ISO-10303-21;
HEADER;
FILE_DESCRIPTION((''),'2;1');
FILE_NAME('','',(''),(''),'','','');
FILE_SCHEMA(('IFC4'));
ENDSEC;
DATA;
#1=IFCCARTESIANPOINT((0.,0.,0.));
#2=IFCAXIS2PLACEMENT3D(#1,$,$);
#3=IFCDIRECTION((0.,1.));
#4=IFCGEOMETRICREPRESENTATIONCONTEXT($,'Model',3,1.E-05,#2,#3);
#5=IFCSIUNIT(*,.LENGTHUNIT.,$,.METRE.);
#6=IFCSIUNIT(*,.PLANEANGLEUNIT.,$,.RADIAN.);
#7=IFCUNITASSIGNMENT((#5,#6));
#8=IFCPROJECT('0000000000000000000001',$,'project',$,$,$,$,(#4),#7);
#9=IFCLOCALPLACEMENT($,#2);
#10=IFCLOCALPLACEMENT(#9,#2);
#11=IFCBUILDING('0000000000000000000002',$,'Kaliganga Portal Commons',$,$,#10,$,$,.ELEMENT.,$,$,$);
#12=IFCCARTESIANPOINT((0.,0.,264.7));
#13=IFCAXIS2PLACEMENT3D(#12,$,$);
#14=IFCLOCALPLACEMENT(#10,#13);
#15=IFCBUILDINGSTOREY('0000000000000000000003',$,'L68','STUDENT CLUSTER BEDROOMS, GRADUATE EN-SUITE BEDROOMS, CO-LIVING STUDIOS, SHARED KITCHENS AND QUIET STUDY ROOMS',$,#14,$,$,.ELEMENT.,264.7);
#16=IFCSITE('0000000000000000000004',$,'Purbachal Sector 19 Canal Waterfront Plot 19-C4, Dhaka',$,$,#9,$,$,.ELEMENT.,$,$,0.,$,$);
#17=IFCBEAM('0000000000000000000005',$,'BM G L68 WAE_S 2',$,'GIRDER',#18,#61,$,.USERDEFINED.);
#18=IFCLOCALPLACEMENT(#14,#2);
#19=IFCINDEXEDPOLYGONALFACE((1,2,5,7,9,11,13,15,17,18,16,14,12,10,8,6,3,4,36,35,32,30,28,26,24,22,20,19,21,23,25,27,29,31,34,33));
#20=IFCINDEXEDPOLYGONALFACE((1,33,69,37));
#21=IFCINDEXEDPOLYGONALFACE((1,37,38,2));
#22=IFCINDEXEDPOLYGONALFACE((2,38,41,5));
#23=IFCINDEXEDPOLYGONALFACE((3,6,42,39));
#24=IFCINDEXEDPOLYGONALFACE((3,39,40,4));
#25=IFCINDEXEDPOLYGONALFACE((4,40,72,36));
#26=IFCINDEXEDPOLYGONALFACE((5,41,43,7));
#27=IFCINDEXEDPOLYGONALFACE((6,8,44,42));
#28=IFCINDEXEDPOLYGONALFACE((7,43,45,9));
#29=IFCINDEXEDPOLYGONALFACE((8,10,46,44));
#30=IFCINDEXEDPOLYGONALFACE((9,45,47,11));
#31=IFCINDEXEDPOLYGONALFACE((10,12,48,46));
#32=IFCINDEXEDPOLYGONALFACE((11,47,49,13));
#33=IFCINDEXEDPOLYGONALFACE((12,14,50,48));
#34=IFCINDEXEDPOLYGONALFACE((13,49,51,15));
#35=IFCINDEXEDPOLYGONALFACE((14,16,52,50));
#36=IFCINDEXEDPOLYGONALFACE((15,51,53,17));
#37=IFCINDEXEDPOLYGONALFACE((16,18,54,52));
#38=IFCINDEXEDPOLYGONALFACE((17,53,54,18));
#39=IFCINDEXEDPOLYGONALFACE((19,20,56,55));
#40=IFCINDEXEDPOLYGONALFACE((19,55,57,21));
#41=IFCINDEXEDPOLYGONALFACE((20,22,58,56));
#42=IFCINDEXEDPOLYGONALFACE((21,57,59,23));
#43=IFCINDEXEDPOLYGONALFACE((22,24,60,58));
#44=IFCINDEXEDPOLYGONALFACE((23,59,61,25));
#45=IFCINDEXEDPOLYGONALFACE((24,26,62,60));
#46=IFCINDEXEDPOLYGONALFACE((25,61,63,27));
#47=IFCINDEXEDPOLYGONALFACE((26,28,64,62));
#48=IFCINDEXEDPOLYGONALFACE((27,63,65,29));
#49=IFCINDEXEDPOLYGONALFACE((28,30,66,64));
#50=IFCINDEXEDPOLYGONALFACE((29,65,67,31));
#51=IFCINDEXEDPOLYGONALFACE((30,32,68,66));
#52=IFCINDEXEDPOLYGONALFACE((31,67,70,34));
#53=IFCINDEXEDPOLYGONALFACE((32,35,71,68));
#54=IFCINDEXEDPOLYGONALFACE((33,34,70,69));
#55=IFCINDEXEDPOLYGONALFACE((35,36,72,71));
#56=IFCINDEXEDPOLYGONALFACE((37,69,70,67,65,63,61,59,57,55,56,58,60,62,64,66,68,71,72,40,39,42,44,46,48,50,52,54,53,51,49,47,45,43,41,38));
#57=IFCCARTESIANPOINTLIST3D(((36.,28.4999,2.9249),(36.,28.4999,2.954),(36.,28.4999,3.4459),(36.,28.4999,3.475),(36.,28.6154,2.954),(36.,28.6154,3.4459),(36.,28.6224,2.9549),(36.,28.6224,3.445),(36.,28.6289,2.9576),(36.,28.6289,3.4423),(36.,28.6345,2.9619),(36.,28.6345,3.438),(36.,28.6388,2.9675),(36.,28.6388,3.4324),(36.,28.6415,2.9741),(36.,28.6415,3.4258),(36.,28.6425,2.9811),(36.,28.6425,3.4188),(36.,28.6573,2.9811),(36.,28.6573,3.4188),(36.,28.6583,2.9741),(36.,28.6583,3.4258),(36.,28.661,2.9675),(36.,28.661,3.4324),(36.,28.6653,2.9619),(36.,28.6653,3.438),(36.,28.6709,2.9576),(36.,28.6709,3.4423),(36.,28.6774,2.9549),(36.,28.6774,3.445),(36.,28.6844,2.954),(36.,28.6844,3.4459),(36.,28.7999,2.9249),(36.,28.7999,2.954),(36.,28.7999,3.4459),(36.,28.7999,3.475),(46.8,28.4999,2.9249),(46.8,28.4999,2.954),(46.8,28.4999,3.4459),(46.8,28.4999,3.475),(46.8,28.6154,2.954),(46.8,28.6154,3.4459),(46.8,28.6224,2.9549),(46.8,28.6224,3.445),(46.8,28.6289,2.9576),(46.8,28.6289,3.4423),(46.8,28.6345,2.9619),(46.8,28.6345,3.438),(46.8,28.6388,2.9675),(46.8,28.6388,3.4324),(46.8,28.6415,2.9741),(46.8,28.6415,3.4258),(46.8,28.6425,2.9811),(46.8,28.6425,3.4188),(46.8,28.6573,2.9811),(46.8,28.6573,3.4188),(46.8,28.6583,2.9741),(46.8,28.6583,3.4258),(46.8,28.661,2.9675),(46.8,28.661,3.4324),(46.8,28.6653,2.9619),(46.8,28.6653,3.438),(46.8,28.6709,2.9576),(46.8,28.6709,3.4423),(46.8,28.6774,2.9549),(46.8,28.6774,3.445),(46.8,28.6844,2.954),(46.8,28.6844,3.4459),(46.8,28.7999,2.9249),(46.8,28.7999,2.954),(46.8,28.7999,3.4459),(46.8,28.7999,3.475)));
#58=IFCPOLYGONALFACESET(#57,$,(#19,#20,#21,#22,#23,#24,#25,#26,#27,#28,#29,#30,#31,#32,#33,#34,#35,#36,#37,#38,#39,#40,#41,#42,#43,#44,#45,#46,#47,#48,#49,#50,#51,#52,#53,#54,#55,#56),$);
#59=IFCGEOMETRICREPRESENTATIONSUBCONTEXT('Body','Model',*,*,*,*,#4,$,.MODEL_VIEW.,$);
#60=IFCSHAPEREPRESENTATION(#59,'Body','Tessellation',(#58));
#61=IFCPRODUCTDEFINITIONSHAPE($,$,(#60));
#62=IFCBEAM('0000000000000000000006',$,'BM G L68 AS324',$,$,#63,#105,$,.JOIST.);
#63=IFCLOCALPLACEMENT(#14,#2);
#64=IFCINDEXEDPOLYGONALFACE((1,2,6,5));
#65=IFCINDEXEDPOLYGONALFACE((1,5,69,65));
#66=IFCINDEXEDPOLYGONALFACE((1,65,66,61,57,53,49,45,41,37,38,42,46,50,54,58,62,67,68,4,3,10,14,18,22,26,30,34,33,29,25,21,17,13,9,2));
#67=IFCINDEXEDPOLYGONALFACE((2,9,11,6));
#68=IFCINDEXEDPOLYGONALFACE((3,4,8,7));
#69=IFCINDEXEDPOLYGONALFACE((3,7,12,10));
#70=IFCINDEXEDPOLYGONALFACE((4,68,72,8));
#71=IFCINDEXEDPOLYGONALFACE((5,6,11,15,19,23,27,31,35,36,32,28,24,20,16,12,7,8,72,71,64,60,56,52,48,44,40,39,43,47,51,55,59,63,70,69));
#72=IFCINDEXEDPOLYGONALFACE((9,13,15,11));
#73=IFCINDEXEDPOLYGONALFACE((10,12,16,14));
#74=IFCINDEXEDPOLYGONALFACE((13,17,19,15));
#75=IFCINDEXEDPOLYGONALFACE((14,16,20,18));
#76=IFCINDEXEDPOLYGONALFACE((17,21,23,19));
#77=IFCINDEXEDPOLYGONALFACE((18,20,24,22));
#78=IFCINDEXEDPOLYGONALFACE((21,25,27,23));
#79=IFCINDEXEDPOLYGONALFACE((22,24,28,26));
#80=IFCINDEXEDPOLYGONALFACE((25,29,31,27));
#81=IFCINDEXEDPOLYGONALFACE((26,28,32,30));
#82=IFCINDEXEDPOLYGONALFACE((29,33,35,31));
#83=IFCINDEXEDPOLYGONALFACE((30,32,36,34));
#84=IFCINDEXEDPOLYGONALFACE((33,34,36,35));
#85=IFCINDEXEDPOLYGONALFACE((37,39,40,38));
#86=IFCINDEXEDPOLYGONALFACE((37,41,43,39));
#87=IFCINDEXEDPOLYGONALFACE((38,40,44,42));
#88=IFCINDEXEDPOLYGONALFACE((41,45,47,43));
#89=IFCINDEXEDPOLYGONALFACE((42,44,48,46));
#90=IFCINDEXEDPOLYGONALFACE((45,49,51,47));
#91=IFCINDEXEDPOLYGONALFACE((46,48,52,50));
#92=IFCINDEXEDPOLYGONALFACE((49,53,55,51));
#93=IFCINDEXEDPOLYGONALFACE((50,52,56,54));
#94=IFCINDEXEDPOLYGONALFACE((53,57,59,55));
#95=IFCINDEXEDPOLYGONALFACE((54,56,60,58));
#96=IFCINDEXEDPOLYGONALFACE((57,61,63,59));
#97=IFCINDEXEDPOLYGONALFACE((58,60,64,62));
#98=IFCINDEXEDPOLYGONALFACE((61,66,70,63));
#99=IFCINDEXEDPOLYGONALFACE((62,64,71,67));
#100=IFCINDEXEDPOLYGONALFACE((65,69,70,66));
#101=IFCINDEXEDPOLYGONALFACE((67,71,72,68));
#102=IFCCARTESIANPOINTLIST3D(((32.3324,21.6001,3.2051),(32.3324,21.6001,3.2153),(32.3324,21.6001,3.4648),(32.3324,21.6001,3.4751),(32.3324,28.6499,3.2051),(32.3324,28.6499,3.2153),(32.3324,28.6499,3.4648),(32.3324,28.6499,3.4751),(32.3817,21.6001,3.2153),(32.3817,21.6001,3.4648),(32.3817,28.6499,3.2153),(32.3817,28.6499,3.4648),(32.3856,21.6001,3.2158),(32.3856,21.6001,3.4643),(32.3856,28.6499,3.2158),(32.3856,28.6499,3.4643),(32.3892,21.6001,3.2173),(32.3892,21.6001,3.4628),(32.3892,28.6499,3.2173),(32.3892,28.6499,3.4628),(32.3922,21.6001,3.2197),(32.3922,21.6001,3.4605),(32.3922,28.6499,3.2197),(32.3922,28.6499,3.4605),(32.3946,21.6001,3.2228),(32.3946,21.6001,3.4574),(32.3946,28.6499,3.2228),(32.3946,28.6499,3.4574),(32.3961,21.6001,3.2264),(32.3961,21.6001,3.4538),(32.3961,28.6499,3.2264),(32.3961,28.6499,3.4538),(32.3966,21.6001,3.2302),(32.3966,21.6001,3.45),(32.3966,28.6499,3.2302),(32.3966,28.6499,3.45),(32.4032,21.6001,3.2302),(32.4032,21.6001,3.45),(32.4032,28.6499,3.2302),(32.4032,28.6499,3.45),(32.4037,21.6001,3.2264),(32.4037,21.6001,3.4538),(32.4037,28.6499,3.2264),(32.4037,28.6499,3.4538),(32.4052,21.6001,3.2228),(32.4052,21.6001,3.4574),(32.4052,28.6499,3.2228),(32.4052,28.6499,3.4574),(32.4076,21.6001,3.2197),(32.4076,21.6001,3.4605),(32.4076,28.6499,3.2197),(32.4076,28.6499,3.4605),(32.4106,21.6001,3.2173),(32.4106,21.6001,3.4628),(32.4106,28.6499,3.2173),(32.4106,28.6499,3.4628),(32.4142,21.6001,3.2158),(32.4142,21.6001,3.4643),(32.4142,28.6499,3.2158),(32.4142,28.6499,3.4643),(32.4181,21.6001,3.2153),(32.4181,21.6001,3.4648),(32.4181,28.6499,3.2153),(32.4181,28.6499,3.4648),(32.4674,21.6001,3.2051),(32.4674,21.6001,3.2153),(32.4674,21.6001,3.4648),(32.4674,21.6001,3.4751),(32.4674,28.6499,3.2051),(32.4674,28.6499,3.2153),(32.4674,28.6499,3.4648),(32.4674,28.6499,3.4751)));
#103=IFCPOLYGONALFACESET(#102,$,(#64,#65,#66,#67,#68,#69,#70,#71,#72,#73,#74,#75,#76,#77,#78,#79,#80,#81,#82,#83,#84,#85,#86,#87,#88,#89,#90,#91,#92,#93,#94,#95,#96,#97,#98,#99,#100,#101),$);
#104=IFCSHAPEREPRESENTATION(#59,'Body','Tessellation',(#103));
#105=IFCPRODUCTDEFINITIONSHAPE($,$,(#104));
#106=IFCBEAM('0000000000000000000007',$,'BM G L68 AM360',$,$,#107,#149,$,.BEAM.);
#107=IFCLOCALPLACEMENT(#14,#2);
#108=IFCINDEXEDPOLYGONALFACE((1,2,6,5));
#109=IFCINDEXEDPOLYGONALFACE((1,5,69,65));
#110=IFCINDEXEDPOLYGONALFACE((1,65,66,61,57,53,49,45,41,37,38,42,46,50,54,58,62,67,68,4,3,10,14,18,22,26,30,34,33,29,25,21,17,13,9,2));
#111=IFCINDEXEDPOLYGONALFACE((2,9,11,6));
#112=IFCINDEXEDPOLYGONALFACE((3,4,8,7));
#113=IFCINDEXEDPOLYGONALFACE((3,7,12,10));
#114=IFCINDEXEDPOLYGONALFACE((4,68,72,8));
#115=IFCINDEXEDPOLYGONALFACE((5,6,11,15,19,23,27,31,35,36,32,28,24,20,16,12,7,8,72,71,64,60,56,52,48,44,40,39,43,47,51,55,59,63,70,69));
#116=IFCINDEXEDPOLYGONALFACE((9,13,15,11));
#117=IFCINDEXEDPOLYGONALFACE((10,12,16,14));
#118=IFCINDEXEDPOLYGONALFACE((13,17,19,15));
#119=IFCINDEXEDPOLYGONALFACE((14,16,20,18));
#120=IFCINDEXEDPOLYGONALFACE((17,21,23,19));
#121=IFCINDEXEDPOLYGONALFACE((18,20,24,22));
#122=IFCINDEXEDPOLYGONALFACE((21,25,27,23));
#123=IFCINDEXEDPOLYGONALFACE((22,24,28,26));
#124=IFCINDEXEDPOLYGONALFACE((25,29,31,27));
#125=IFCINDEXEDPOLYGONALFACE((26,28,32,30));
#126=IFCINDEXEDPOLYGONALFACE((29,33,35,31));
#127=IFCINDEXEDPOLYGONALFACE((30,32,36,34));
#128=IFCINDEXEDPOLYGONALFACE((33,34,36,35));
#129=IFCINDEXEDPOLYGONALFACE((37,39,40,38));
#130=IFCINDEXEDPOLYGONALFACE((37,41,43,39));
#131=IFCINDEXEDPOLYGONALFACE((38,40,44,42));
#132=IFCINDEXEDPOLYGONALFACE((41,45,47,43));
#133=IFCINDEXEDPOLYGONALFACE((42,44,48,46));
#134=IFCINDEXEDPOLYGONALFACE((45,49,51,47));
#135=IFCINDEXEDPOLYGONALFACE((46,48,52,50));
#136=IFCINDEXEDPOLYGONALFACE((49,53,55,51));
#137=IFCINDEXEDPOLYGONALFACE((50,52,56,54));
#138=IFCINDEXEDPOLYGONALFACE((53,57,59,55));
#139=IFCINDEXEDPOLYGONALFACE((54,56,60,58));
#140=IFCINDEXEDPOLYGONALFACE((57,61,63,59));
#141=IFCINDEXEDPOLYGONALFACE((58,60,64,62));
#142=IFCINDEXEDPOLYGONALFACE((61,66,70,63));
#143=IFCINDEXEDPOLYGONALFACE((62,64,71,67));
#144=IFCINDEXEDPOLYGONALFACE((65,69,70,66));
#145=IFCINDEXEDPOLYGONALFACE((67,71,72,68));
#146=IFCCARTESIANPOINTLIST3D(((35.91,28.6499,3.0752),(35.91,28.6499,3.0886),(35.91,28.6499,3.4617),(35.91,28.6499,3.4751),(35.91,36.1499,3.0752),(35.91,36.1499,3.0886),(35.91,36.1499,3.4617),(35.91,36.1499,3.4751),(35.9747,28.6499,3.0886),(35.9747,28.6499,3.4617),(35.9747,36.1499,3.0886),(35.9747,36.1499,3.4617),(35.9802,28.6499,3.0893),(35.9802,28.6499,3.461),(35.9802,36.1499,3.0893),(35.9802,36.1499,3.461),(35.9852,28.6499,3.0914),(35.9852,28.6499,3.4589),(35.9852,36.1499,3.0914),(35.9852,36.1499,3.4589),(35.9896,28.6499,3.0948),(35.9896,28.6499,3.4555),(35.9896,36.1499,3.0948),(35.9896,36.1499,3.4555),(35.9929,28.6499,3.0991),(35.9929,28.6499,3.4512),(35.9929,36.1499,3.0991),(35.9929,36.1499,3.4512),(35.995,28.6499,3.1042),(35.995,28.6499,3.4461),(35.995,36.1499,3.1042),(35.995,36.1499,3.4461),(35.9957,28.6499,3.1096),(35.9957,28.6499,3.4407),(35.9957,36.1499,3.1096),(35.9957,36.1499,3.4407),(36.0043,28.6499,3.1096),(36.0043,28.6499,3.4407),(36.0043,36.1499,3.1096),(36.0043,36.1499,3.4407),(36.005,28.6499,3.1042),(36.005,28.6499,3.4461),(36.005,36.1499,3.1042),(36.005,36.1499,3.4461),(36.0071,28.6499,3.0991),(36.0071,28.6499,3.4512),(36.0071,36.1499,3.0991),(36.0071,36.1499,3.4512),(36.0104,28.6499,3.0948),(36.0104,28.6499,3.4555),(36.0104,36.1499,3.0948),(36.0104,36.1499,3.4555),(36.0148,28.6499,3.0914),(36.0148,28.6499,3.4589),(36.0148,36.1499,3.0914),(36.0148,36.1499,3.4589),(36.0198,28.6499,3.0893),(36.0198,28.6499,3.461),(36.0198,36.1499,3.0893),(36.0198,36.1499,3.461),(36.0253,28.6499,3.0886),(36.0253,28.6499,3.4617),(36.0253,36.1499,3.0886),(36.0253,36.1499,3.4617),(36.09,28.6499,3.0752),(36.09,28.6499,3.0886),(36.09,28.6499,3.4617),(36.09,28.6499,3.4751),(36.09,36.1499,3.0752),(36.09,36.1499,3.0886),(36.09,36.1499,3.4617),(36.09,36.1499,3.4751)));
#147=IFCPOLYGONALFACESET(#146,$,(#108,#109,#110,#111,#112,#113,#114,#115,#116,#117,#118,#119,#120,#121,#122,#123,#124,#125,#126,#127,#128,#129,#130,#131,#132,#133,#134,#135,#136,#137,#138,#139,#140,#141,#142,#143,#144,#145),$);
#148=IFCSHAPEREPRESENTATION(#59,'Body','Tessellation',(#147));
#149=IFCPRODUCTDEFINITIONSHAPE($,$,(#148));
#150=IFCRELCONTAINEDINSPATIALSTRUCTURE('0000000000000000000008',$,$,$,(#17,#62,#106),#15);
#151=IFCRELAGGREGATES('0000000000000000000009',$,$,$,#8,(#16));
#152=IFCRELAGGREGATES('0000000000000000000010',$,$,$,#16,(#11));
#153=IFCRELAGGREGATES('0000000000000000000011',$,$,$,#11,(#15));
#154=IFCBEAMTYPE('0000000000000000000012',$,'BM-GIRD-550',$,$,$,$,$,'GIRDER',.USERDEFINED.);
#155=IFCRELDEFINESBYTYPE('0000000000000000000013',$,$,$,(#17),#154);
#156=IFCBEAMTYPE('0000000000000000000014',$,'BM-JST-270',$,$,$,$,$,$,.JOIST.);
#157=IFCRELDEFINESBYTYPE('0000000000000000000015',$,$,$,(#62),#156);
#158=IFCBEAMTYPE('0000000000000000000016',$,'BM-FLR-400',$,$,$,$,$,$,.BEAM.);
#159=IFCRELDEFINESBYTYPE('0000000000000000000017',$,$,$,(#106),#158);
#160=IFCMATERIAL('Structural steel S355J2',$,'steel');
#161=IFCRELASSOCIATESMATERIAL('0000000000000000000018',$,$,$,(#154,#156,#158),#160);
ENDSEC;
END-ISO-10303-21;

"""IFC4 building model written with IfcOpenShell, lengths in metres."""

from ifc_helpers import new_model, si_unit, direction, frame, origin, origin_2d, place, context, subcontext, project, spatial, i_section, extrude, source, transform, mapped, material, material_profile, profile_set, type_object, element, save


model = new_model("IFC4")

# Units and contexts
model_context = context("Model", 3, precision=1e-05, world=origin(), true_north=direction((0.0, 1.0)))
body_context = subcontext(model_context, "Body", "Model", "MODEL_VIEW")
ifc_project = project(units=[si_unit("LENGTHUNIT", "METRE"), si_unit("PLANEANGLEUNIT", "RADIAN")], contexts=[model_context])

# Site, building, storey
site_placement = place(None, origin())
site = spatial("IfcSite", under=ifc_project, at=site_placement, Name="Purbachal Sector 19 Canal Waterfront Plot 19-C4, Dhaka", CompositionType="ELEMENT", RefElevation=0.0)
building_placement = place(site_placement, origin())
building = spatial("IfcBuilding", under=site, at=building_placement, Name="Kaliganga Portal Commons", CompositionType="ELEMENT")
storey_placement = place(building_placement, frame((0.0, 0.0, 264.7)))
storey = spatial("IfcBuildingStorey", under=building, at=storey_placement, Name="L68", Description="STUDENT CLUSTER BEDROOMS, GRADUATE EN-SUITE BEDROOMS, CO-LIVING STUDIOS, SHARED KITCHENS AND QUIET STUDY ROOMS", CompositionType="ELEMENT", Elevation=264.7)

# Shared definitions
ifc_material_1 = material(Name="Structural steel S355J2", Category="steel")

# Beams
ifc_material_profile_1 = material_profile(ifc_material_1, i_section(OverallWidth=0.3, OverallDepth=0.55, WebThickness=0.0149, FlangeThickness=0.0291, FilletRadius=0.0271, at=origin_2d()), Name="HE 550 B")
ifc_profile_set_1 = profile_set([ifc_material_profile_1], Name="Structural steel S355J2 wide-flange")
beam_type_1 = type_object("IfcBeamType", Name="BM-GIRD-550", ElementType="GIRDER", PredefinedType="USERDEFINED", material=ifc_profile_set_1)
shared_shape_1 = source(origin(), body_context, "Body", "SweptSolid", [
    extrude(i_section(OverallWidth=0.3, OverallDepth=0.55, WebThickness=0.0149, FlangeThickness=0.0291, FilletRadius=0.0271, at=origin_2d()), origin(), (0.0, 0.0, 1.0), 10.8),
])
beam_1_placement = place(storey_placement, frame((36.0, 28.6499, 3.2), z_axis=(1.0, 0.0, 0.0), x_axis=(0.0, 1.0, 0.0)))
element("IfcBeam", 1, at=beam_1_placement, inside=storey, type_object=beam_type_1, Name="BM G L68 WAE_S 2", ObjectType="GIRDER", PredefinedType="USERDEFINED", context=body_context, shape_type="MappedRepresentation", body=[
    mapped(shared_shape_1, transform((0.0, 0.0, 0.0), x_axis=(1.0, 0.0, 0.0), y_axis=(0.0, 1.0, 0.0), z_axis=(0.0, 0.0, 1.0), scale=1.0)),
])
ifc_material_profile_2 = material_profile(ifc_material_1, i_section(OverallWidth=0.135, OverallDepth=0.27, WebThickness=0.0066, FlangeThickness=0.0103, FilletRadius=0.0149, at=origin_2d()), Name="IPE 270")
ifc_profile_set_2 = profile_set([ifc_material_profile_2], Name="Structural steel S355J2 wide-flange")
beam_type_2 = type_object("IfcBeamType", Name="BM-JST-270", PredefinedType="JOIST", material=ifc_profile_set_2)
shared_shape_2 = source(origin(), body_context, "Body", "SweptSolid", [
    extrude(i_section(OverallWidth=0.135, OverallDepth=0.27, WebThickness=0.0066, FlangeThickness=0.0103, FilletRadius=0.0149, at=origin_2d()), origin(), (0.0, 0.0, 1.0), 7.0498),
])
beam_2_placement = place(storey_placement, frame((32.3999, 21.6001, 3.3401), z_axis=(0.0, 1.0, 0.0), x_axis=(-1.0, 0.0, 0.0)))
element("IfcBeam", 2, at=beam_2_placement, inside=storey, type_object=beam_type_2, Name="BM G L68 AS324", PredefinedType="JOIST", context=body_context, shape_type="MappedRepresentation", body=[
    mapped(shared_shape_2, transform((0.0, 0.0, 0.0), x_axis=(1.0, 0.0, 0.0), y_axis=(0.0, 1.0, 0.0), z_axis=(0.0, 0.0, 1.0), scale=1.0)),
])
ifc_material_profile_3 = material_profile(ifc_material_1, i_section(OverallWidth=0.1799, OverallDepth=0.3999, WebThickness=0.0085, FlangeThickness=0.0134, FilletRadius=0.021, at=origin_2d()), Name="IPE 400")
ifc_profile_set_3 = profile_set([ifc_material_profile_3], Name="Structural steel S355J2 wide-flange")
beam_type_3 = type_object("IfcBeamType", Name="BM-FLR-400", PredefinedType="BEAM", material=ifc_profile_set_3)
shared_shape_3 = source(origin(), body_context, "Body", "SweptSolid", [
    extrude(i_section(OverallWidth=0.1799, OverallDepth=0.3999, WebThickness=0.0085, FlangeThickness=0.0134, FilletRadius=0.021, at=origin_2d()), origin(), (0.0, 0.0, 1.0), 7.5),
])
beam_3_placement = place(storey_placement, frame((36.0, 28.6499, 3.2751), z_axis=(0.0, 1.0, 0.0), x_axis=(-1.0, 0.0, 0.0)))
element("IfcBeam", 3, at=beam_3_placement, inside=storey, type_object=beam_type_3, Name="BM G L68 AM360", PredefinedType="BEAM", context=body_context, shape_type="MappedRepresentation", body=[
    mapped(shared_shape_3, transform((0.0, 0.0, 0.0), x_axis=(1.0, 0.0, 0.0), y_axis=(0.0, 1.0, 0.0), z_axis=(0.0, 0.0, 1.0), scale=1.0)),
])

save(model, "model.ifc")
